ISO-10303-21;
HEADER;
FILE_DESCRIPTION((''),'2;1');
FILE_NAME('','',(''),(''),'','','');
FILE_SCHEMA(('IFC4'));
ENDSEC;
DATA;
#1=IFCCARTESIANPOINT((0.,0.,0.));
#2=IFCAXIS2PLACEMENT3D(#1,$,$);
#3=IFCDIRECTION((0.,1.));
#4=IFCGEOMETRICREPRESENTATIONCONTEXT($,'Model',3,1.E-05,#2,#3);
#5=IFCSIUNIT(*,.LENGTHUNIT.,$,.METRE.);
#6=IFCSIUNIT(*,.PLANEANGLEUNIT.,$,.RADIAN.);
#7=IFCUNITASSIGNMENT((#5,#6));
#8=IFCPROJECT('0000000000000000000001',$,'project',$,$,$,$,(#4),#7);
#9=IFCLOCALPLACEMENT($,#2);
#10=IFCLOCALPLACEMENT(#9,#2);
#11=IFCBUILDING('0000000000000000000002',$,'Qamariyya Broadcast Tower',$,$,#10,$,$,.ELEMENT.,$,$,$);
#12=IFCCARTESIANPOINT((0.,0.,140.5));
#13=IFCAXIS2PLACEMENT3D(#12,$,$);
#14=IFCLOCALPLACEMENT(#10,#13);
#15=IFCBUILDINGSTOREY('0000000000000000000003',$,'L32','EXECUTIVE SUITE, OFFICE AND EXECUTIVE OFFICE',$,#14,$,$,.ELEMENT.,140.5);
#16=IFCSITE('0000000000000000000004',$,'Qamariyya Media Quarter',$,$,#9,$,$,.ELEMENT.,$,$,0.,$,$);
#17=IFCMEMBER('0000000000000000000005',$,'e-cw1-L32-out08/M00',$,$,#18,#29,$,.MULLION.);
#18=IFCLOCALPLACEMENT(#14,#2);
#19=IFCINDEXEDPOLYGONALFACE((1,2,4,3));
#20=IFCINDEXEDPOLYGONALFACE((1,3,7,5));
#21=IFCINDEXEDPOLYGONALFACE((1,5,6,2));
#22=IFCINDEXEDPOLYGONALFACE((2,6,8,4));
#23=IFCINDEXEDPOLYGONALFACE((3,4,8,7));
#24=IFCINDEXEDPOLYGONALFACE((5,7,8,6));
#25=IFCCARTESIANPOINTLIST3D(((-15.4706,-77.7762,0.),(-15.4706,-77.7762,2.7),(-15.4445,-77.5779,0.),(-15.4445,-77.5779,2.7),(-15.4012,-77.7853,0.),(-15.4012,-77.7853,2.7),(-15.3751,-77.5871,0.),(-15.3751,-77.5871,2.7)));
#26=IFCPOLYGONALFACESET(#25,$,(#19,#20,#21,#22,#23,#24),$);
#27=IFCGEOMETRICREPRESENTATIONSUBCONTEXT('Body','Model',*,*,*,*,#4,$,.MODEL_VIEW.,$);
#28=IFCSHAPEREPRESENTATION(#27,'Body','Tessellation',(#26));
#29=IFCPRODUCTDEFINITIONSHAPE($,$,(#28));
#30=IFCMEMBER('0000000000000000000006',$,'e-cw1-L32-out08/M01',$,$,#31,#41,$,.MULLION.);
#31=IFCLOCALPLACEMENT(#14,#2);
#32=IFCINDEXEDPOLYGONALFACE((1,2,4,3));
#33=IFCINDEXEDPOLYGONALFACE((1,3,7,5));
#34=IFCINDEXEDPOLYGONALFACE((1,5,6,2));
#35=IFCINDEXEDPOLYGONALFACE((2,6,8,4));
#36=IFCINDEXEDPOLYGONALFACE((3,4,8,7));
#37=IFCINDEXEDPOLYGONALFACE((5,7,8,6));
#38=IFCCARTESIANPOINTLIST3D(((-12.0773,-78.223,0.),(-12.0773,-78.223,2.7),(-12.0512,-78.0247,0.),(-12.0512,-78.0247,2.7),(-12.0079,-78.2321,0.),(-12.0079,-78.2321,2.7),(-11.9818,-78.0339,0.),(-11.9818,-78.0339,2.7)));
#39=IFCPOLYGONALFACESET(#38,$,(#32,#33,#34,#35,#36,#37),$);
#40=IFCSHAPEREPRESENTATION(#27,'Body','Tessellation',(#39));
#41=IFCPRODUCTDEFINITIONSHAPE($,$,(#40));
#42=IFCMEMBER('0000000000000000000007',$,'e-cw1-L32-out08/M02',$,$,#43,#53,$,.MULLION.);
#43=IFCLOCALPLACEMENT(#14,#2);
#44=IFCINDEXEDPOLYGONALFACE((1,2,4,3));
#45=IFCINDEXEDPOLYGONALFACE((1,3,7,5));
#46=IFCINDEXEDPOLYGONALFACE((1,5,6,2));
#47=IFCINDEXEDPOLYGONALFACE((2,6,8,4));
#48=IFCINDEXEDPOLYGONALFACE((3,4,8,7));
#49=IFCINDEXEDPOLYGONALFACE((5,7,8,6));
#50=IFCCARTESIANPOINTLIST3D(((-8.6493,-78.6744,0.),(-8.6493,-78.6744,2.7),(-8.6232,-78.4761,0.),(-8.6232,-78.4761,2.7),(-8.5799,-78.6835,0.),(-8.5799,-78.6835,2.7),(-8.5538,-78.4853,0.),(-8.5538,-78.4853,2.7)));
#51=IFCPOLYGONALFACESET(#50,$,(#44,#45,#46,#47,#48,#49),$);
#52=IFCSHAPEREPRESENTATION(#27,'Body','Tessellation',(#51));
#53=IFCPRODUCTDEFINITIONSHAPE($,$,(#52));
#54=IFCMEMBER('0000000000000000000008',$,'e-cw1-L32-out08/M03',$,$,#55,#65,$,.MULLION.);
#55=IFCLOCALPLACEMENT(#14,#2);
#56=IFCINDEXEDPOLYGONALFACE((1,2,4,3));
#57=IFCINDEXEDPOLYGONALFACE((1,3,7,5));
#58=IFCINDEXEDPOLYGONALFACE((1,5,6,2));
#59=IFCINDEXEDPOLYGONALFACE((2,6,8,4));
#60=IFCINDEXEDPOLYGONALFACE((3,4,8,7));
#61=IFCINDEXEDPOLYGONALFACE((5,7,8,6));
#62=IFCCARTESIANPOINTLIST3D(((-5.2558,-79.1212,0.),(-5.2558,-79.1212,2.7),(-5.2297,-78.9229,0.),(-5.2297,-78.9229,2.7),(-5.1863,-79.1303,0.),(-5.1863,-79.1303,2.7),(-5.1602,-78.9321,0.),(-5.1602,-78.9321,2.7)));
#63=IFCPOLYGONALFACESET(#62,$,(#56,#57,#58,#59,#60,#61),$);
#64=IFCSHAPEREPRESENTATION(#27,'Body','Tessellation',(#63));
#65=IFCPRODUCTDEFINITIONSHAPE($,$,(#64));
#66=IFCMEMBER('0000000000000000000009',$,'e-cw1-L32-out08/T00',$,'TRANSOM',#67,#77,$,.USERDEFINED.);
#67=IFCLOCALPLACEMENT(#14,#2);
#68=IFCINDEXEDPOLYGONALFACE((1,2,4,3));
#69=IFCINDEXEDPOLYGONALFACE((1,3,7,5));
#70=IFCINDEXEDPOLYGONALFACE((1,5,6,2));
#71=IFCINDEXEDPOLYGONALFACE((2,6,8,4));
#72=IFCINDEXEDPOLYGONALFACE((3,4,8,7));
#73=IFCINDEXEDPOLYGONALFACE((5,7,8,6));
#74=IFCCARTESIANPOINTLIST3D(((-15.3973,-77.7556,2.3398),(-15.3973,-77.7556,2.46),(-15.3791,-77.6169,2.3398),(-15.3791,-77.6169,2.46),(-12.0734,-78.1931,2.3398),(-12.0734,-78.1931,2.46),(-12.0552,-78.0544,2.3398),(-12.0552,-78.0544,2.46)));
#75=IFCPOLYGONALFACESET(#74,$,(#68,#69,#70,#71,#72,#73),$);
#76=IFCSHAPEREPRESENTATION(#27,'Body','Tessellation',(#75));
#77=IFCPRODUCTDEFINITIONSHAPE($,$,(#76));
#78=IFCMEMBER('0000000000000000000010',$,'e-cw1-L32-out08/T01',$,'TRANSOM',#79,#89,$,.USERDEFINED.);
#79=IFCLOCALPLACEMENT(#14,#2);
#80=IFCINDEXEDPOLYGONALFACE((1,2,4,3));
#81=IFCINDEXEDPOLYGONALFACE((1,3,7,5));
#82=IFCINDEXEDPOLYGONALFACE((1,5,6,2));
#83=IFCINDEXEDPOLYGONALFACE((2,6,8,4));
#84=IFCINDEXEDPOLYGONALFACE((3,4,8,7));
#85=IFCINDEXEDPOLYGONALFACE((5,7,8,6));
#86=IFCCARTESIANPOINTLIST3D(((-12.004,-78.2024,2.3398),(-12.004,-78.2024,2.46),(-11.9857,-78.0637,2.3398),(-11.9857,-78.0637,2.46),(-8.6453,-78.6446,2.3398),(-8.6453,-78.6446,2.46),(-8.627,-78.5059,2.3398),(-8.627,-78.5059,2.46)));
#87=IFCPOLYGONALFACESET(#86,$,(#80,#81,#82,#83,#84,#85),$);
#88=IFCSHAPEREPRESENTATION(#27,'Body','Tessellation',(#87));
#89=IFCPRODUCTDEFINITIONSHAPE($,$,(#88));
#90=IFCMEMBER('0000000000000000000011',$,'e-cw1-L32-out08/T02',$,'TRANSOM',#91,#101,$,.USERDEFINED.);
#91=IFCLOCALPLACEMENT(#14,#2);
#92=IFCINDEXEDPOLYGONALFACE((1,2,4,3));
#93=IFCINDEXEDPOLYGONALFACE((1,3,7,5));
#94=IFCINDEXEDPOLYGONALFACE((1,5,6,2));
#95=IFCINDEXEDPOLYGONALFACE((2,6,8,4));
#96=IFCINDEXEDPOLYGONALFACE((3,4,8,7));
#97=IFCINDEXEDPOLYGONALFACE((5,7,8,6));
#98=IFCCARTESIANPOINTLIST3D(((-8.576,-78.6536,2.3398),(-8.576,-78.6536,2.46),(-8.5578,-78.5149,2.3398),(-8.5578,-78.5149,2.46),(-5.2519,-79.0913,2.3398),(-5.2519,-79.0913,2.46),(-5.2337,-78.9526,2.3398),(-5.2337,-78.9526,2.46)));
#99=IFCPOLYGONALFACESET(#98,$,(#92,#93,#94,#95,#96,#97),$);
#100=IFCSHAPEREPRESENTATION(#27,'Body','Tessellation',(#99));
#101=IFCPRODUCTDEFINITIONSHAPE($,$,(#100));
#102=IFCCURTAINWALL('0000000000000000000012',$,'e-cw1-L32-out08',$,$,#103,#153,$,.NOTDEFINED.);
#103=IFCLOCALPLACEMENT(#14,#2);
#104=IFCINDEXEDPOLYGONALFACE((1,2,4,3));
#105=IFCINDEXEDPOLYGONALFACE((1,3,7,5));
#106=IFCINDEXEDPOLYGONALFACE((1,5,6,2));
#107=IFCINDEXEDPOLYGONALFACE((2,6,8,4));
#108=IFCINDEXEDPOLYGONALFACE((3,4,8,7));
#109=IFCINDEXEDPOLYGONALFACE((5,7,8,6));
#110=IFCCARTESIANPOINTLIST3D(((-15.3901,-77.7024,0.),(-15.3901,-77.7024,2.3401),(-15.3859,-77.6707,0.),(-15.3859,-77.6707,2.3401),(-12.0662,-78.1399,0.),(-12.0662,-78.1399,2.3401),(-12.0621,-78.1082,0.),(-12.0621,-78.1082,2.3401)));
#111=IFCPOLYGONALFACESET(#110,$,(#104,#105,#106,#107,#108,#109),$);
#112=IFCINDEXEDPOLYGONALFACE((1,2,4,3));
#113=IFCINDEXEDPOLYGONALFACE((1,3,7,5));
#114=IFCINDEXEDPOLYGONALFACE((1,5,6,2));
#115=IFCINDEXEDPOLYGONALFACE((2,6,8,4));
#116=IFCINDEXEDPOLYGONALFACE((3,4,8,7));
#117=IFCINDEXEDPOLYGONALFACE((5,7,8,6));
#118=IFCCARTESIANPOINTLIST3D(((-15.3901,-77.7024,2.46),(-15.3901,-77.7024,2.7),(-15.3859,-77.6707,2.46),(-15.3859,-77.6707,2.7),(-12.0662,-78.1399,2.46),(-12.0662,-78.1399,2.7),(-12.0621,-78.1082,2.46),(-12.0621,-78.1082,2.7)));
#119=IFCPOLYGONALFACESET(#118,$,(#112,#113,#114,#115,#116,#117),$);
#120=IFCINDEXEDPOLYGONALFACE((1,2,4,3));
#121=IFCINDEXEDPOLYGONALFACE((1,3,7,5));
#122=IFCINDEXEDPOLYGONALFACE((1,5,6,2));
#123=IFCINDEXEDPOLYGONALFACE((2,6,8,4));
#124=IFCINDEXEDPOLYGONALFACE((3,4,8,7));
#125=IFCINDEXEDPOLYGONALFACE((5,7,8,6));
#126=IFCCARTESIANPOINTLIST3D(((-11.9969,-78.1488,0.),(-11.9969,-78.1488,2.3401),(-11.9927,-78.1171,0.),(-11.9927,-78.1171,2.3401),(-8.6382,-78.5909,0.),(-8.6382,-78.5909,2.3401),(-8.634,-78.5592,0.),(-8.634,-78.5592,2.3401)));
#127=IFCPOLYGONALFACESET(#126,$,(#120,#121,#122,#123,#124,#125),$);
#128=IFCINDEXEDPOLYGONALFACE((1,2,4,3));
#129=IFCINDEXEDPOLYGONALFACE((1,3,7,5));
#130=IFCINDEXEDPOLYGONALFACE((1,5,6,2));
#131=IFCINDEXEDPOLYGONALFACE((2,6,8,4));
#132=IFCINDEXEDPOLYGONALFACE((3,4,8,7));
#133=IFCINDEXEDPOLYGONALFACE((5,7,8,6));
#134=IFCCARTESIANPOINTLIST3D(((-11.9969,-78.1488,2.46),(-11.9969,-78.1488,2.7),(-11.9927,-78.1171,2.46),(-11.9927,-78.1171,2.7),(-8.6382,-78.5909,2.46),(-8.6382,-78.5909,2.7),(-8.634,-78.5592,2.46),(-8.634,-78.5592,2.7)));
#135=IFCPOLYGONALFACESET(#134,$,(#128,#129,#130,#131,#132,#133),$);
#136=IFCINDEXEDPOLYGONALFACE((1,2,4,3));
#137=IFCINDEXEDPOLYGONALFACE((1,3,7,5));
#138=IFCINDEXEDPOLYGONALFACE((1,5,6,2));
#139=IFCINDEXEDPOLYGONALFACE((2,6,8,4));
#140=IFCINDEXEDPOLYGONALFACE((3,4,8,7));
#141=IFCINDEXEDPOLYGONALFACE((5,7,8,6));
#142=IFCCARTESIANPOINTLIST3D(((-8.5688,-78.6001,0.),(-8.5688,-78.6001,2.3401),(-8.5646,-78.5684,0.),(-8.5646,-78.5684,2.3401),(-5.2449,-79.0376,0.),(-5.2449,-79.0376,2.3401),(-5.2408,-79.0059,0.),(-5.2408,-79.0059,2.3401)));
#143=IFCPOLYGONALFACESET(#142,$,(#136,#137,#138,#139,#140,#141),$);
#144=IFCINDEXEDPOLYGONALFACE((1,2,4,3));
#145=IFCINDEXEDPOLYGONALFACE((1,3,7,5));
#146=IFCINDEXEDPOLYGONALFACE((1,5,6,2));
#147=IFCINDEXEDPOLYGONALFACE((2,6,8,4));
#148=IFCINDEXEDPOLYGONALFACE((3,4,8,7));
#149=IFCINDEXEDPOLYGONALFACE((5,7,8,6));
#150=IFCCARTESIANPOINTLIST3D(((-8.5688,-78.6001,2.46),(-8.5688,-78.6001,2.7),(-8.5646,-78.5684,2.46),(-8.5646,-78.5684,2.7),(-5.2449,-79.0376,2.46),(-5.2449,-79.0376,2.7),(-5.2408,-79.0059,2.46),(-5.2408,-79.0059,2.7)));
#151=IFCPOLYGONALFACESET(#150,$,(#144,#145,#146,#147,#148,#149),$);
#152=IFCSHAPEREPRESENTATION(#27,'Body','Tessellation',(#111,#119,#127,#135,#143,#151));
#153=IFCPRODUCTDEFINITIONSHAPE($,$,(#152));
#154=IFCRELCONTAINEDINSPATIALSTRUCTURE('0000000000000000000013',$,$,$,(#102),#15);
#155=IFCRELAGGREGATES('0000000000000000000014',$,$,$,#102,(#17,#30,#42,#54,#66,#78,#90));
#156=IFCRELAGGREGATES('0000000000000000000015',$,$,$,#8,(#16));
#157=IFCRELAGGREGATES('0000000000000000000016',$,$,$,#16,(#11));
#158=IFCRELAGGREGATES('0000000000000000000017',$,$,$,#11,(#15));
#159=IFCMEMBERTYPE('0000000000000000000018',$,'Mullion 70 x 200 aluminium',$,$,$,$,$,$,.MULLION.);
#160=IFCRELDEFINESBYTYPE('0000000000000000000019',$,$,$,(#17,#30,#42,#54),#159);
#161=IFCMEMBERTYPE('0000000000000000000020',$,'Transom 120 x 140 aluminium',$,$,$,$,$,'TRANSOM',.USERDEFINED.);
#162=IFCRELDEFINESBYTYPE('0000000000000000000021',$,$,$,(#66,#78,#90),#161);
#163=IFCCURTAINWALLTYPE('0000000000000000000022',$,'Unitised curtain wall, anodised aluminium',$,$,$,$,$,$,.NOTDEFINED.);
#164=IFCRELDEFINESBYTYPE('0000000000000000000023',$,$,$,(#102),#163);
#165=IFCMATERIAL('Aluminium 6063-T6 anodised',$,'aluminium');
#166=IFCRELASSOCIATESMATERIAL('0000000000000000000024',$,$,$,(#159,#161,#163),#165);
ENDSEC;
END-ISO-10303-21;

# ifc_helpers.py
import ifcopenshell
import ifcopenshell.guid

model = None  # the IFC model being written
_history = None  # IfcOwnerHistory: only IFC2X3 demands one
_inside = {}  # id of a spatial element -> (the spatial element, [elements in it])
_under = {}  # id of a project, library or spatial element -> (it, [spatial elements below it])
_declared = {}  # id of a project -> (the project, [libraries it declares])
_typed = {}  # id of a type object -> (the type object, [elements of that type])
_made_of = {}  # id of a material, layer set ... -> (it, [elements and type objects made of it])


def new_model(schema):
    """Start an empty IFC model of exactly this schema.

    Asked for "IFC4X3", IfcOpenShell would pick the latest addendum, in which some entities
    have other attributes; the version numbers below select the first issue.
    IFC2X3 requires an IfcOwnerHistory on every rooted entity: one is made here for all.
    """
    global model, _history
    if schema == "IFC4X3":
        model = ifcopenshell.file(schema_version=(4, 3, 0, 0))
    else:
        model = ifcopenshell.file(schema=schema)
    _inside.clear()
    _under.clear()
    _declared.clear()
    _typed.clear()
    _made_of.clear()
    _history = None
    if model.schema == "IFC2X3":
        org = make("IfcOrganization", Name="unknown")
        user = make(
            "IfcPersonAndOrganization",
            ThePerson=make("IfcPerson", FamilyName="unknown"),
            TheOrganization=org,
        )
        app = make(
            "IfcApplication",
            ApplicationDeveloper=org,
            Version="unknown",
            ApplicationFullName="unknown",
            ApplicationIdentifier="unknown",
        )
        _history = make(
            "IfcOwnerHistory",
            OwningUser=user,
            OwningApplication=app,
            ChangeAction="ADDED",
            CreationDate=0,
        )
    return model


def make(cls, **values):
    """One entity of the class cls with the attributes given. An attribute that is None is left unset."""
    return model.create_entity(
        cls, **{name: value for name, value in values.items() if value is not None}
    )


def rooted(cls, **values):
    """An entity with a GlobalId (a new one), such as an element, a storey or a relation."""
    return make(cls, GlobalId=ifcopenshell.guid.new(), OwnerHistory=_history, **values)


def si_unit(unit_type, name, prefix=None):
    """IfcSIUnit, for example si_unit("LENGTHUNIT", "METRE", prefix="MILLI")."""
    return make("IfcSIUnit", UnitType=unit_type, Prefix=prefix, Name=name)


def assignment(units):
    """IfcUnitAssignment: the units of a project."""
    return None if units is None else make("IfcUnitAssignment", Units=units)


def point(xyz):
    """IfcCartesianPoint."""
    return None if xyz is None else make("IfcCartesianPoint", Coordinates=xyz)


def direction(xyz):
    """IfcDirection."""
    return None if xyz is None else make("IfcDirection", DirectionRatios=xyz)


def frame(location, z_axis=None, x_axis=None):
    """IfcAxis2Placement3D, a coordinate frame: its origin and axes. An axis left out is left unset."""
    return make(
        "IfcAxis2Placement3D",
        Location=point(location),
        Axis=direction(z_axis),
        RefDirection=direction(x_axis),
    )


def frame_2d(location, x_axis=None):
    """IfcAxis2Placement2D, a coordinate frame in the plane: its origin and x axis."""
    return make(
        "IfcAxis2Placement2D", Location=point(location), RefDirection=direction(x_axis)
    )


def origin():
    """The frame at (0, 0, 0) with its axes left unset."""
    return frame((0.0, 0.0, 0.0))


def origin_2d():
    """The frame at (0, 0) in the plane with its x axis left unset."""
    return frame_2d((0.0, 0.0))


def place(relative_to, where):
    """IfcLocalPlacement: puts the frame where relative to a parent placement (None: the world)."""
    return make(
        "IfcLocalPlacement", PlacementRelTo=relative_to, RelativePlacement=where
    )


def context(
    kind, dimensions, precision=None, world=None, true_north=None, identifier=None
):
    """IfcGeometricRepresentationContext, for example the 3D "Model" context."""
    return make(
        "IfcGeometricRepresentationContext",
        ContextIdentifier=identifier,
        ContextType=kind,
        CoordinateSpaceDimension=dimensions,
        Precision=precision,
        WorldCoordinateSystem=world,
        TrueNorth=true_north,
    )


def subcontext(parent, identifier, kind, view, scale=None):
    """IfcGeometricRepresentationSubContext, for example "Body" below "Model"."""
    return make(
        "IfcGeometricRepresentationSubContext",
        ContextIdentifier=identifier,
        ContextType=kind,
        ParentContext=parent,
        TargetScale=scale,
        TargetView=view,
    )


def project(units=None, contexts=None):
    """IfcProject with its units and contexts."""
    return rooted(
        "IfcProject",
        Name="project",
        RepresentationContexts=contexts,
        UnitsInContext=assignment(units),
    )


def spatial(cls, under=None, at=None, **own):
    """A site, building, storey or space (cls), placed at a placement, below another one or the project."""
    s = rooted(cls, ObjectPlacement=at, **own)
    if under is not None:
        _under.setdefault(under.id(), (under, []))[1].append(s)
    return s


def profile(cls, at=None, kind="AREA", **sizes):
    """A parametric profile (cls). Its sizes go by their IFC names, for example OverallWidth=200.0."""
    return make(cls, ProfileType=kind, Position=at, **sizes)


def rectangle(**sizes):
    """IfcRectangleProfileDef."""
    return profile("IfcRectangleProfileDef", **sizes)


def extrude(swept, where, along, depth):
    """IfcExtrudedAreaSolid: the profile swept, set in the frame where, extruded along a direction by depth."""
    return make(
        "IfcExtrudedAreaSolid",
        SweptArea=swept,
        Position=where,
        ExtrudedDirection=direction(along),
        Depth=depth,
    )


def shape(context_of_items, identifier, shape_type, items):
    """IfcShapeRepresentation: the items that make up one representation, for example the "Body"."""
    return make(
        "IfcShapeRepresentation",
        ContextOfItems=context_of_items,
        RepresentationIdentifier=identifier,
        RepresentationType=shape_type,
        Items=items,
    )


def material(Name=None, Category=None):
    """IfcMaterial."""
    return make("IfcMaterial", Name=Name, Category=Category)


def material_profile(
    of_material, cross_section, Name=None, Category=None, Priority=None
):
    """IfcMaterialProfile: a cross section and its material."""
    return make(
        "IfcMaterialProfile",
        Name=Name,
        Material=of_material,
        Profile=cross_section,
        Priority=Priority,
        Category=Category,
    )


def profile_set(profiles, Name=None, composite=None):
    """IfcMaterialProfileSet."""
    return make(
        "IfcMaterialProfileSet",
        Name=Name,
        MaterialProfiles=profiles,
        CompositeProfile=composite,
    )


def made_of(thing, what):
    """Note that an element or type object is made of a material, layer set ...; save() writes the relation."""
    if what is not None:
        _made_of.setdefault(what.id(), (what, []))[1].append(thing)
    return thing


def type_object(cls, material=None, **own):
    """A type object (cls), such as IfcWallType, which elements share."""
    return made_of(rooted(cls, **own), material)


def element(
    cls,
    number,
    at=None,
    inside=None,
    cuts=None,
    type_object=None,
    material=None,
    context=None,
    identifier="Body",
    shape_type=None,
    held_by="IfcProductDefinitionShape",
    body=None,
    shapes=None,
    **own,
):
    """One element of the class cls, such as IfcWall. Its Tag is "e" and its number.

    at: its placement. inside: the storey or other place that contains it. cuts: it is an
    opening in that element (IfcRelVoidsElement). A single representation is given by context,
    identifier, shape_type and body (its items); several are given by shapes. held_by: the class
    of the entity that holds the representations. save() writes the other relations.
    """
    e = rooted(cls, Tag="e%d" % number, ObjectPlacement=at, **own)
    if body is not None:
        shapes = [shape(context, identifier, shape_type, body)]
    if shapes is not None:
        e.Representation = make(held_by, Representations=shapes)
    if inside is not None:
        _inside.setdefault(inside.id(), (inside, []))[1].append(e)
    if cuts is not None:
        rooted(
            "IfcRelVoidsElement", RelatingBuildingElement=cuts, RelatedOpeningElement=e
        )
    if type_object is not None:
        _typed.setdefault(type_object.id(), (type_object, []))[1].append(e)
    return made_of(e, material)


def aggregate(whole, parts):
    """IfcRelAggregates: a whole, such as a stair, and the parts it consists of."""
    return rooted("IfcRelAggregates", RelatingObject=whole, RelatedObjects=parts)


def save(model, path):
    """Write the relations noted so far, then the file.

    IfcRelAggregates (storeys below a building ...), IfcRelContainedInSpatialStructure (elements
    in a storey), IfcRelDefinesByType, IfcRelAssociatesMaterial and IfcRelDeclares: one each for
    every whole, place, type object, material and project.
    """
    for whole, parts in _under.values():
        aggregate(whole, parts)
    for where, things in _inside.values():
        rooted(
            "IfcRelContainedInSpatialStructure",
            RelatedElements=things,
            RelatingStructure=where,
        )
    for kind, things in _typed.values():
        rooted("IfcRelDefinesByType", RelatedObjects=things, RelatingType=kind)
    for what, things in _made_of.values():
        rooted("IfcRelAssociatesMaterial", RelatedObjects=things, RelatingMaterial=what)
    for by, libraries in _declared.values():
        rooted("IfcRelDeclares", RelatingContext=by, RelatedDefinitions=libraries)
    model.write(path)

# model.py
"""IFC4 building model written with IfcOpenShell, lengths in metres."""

from ifc_helpers import new_model, si_unit, direction, frame, origin, origin_2d, place, context, subcontext, project, spatial, rectangle, extrude, material, material_profile, profile_set, type_object, element, aggregate, save


model = new_model("IFC4")

# Units and contexts
model_context = context("Model", 3, precision=1e-05, world=origin(), true_north=direction((0.0, 1.0)))
body_context = subcontext(model_context, "Body", "Model", "MODEL_VIEW")
ifc_project = project(units=[si_unit("LENGTHUNIT", "METRE"), si_unit("PLANEANGLEUNIT", "RADIAN")], contexts=[model_context])

# Members
ifc_material = material(Name="Aluminium 6063-T6 anodised", Category="aluminium")
ifc_material_profile_1 = material_profile(ifc_material, rectangle(XDim=0.2, YDim=0.0701, at=origin_2d()))
ifc_profile_set_1 = profile_set([ifc_material_profile_1], Name="Aluminium 6063-T6 anodised")
member_type_1 = type_object("IfcMemberType", Name="Mullion 70 x 200 aluminium", PredefinedType="MULLION", material=ifc_profile_set_1)
site_placement = place(None, origin())
building_placement = place(site_placement, origin())
storey_placement = place(building_placement, frame((0.0, 0.0, 140.5)))
member_1_placement = place(storey_placement, frame((-15.4229, -77.6816, 0.0), z_axis=(0.0, 0.0, 1.0), x_axis=(0.130526, 0.991445, 0.0)))
member_1 = element("IfcMember", 1, at=member_1_placement, type_object=member_type_1, Name="e-cw1-L32-out08/M00", PredefinedType="MULLION", context=body_context, shape_type="SweptSolid", body=[
    extrude(rectangle(XDim=0.2, YDim=0.0701, at=origin_2d()), origin(), (0.0, 0.0, 1.0), 2.7),
])
member_2_placement = place(storey_placement, frame((-12.0295, -78.1284, 0.0), z_axis=(0.0, 0.0, 1.0), x_axis=(0.130526, 0.991445, 0.0)))
member_2 = element("IfcMember", 2, at=member_2_placement, type_object=member_type_1, Name="e-cw1-L32-out08/M01", PredefinedType="MULLION", context=body_context, shape_type="SweptSolid", body=[
    extrude(rectangle(XDim=0.2, YDim=0.0701, at=origin_2d()), origin(), (0.0, 0.0, 1.0), 2.7),
])
member_3_placement = place(storey_placement, frame((-8.6016, -78.5798, 0.0), z_axis=(0.0, 0.0, 1.0), x_axis=(0.130526, 0.991445, 0.0)))
member_3 = element("IfcMember", 3, at=member_3_placement, type_object=member_type_1, Name="e-cw1-L32-out08/M02", PredefinedType="MULLION", context=body_context, shape_type="SweptSolid", body=[
    extrude(rectangle(XDim=0.2, YDim=0.0701, at=origin_2d()), origin(), (0.0, 0.0, 1.0), 2.7),
])
member_4_placement = place(storey_placement, frame((-5.208, -79.0266, 0.0), z_axis=(0.0, 0.0, 1.0), x_axis=(0.130526, 0.991445, 0.0)))
member_4 = element("IfcMember", 4, at=member_4_placement, type_object=member_type_1, Name="e-cw1-L32-out08/M03", PredefinedType="MULLION", context=body_context, shape_type="SweptSolid", body=[
    extrude(rectangle(XDim=0.2, YDim=0.0701, at=origin_2d()), origin(), (0.0, 0.0, 1.0), 2.7),
])
ifc_material_profile_2 = material_profile(ifc_material, rectangle(XDim=0.1399, YDim=0.1201, at=origin_2d()))
ifc_profile_set_2 = profile_set([ifc_material_profile_2], Name="Aluminium 6063-T6 anodised")
member_type_2 = type_object("IfcMemberType", Name="Transom 120 x 140 aluminium", ElementType="TRANSOM", PredefinedType="USERDEFINED", material=ifc_profile_set_2)
member_5_placement = place(storey_placement, frame((-15.3882, -77.6863, 2.3999), z_axis=(0.991449, -0.130494, 0.0), x_axis=(0.130494, 0.991449, 0.0)))
member_5 = element("IfcMember", 5, at=member_5_placement, type_object=member_type_2, Name="e-cw1-L32-out08/T00", ObjectType="TRANSOM", PredefinedType="USERDEFINED", context=body_context, shape_type="SweptSolid", body=[
    extrude(rectangle(XDim=0.1399, YDim=0.1201, at=origin_2d()), origin(), (0.0, 0.0, 1.0), 3.3525),
])
member_6_placement = place(storey_placement, frame((-11.9949, -78.1331, 2.3999), z_axis=(0.991446, -0.130516, 0.0), x_axis=(0.130516, 0.991446, 0.0)))
member_6 = element("IfcMember", 6, at=member_6_placement, type_object=member_type_2, Name="e-cw1-L32-out08/T01", ObjectType="TRANSOM", PredefinedType="USERDEFINED", context=body_context, shape_type="SweptSolid", body=[
    extrude(rectangle(XDim=0.1399, YDim=0.1201, at=origin_2d()), origin(), (0.0, 0.0, 1.0), 3.3877),
])
member_7_placement = place(storey_placement, frame((-8.5669, -78.5842, 2.3999), z_axis=(0.99144, -0.130566, 0.0), x_axis=(0.130566, 0.99144, 0.0)))
member_7 = element("IfcMember", 7, at=member_7_placement, type_object=member_type_2, Name="e-cw1-L32-out08/T02", ObjectType="TRANSOM", PredefinedType="USERDEFINED", context=body_context, shape_type="SweptSolid", body=[
    extrude(rectangle(XDim=0.1399, YDim=0.1201, at=origin_2d()), origin(), (0.0, 0.0, 1.0), 3.3528),
])

# Site, building, storey
site = spatial("IfcSite", under=ifc_project, at=site_placement, Name="Qamariyya Media Quarter", CompositionType="ELEMENT", RefElevation=0.0)
building = spatial("IfcBuilding", under=site, at=building_placement, Name="Qamariyya Broadcast Tower", CompositionType="ELEMENT")
storey = spatial("IfcBuildingStorey", under=building, at=storey_placement, Name="L32", Description="EXECUTIVE SUITE, OFFICE AND EXECUTIVE OFFICE", CompositionType="ELEMENT", Elevation=140.5)

# Curtain wall
curtain_wall_type = type_object("IfcCurtainWallType", Name="Unitised curtain wall, anodised aluminium", PredefinedType="NOTDEFINED", material=ifc_material)
curtain_wall_1_placement = place(storey_placement, origin())
curtain_wall_1 = element("IfcCurtainWall", 8, at=curtain_wall_1_placement, inside=storey, type_object=curtain_wall_type, Name="e-cw1-L32-out08", PredefinedType="NOTDEFINED", context=body_context, shape_type="SweptSolid", body=[
    extrude(rectangle(XDim=3.3525, YDim=0.032, at=origin_2d()), frame((-13.7261, -77.9053, 0.0), x_axis=(0.991447, -0.130509, 0.0)), (0.0, 0.0, 1.0), 2.3401),
    extrude(rectangle(XDim=3.3525, YDim=0.032, at=origin_2d()), frame((-13.7261, -77.9053, 2.46), x_axis=(0.991447, -0.130509, 0.0)), (0.0, 0.0, 1.0), 0.24),
    extrude(rectangle(XDim=3.3877, YDim=0.032, at=origin_2d()), frame((-10.3154, -78.354, 0.0), x_axis=(0.991447, -0.130509, 0.0)), (0.0, 0.0, 1.0), 2.3401),
    extrude(rectangle(XDim=3.3877, YDim=0.032, at=origin_2d()), frame((-10.3154, -78.354, 2.46), x_axis=(0.991447, -0.130509, 0.0)), (0.0, 0.0, 1.0), 0.24),
    extrude(rectangle(XDim=3.3525, YDim=0.032, at=origin_2d()), frame((-6.9048, -78.803, 0.0), x_axis=(0.991447, -0.130509, 0.0)), (0.0, 0.0, 1.0), 2.3401),
    extrude(rectangle(XDim=3.3525, YDim=0.032, at=origin_2d()), frame((-6.9048, -78.803, 2.46), x_axis=(0.991447, -0.130509, 0.0)), (0.0, 0.0, 1.0), 0.24),
])
aggregate(curtain_wall_1, [member_1, member_2, member_3, member_4, member_5, member_6, member_7])

save(model, "model.ifc")
